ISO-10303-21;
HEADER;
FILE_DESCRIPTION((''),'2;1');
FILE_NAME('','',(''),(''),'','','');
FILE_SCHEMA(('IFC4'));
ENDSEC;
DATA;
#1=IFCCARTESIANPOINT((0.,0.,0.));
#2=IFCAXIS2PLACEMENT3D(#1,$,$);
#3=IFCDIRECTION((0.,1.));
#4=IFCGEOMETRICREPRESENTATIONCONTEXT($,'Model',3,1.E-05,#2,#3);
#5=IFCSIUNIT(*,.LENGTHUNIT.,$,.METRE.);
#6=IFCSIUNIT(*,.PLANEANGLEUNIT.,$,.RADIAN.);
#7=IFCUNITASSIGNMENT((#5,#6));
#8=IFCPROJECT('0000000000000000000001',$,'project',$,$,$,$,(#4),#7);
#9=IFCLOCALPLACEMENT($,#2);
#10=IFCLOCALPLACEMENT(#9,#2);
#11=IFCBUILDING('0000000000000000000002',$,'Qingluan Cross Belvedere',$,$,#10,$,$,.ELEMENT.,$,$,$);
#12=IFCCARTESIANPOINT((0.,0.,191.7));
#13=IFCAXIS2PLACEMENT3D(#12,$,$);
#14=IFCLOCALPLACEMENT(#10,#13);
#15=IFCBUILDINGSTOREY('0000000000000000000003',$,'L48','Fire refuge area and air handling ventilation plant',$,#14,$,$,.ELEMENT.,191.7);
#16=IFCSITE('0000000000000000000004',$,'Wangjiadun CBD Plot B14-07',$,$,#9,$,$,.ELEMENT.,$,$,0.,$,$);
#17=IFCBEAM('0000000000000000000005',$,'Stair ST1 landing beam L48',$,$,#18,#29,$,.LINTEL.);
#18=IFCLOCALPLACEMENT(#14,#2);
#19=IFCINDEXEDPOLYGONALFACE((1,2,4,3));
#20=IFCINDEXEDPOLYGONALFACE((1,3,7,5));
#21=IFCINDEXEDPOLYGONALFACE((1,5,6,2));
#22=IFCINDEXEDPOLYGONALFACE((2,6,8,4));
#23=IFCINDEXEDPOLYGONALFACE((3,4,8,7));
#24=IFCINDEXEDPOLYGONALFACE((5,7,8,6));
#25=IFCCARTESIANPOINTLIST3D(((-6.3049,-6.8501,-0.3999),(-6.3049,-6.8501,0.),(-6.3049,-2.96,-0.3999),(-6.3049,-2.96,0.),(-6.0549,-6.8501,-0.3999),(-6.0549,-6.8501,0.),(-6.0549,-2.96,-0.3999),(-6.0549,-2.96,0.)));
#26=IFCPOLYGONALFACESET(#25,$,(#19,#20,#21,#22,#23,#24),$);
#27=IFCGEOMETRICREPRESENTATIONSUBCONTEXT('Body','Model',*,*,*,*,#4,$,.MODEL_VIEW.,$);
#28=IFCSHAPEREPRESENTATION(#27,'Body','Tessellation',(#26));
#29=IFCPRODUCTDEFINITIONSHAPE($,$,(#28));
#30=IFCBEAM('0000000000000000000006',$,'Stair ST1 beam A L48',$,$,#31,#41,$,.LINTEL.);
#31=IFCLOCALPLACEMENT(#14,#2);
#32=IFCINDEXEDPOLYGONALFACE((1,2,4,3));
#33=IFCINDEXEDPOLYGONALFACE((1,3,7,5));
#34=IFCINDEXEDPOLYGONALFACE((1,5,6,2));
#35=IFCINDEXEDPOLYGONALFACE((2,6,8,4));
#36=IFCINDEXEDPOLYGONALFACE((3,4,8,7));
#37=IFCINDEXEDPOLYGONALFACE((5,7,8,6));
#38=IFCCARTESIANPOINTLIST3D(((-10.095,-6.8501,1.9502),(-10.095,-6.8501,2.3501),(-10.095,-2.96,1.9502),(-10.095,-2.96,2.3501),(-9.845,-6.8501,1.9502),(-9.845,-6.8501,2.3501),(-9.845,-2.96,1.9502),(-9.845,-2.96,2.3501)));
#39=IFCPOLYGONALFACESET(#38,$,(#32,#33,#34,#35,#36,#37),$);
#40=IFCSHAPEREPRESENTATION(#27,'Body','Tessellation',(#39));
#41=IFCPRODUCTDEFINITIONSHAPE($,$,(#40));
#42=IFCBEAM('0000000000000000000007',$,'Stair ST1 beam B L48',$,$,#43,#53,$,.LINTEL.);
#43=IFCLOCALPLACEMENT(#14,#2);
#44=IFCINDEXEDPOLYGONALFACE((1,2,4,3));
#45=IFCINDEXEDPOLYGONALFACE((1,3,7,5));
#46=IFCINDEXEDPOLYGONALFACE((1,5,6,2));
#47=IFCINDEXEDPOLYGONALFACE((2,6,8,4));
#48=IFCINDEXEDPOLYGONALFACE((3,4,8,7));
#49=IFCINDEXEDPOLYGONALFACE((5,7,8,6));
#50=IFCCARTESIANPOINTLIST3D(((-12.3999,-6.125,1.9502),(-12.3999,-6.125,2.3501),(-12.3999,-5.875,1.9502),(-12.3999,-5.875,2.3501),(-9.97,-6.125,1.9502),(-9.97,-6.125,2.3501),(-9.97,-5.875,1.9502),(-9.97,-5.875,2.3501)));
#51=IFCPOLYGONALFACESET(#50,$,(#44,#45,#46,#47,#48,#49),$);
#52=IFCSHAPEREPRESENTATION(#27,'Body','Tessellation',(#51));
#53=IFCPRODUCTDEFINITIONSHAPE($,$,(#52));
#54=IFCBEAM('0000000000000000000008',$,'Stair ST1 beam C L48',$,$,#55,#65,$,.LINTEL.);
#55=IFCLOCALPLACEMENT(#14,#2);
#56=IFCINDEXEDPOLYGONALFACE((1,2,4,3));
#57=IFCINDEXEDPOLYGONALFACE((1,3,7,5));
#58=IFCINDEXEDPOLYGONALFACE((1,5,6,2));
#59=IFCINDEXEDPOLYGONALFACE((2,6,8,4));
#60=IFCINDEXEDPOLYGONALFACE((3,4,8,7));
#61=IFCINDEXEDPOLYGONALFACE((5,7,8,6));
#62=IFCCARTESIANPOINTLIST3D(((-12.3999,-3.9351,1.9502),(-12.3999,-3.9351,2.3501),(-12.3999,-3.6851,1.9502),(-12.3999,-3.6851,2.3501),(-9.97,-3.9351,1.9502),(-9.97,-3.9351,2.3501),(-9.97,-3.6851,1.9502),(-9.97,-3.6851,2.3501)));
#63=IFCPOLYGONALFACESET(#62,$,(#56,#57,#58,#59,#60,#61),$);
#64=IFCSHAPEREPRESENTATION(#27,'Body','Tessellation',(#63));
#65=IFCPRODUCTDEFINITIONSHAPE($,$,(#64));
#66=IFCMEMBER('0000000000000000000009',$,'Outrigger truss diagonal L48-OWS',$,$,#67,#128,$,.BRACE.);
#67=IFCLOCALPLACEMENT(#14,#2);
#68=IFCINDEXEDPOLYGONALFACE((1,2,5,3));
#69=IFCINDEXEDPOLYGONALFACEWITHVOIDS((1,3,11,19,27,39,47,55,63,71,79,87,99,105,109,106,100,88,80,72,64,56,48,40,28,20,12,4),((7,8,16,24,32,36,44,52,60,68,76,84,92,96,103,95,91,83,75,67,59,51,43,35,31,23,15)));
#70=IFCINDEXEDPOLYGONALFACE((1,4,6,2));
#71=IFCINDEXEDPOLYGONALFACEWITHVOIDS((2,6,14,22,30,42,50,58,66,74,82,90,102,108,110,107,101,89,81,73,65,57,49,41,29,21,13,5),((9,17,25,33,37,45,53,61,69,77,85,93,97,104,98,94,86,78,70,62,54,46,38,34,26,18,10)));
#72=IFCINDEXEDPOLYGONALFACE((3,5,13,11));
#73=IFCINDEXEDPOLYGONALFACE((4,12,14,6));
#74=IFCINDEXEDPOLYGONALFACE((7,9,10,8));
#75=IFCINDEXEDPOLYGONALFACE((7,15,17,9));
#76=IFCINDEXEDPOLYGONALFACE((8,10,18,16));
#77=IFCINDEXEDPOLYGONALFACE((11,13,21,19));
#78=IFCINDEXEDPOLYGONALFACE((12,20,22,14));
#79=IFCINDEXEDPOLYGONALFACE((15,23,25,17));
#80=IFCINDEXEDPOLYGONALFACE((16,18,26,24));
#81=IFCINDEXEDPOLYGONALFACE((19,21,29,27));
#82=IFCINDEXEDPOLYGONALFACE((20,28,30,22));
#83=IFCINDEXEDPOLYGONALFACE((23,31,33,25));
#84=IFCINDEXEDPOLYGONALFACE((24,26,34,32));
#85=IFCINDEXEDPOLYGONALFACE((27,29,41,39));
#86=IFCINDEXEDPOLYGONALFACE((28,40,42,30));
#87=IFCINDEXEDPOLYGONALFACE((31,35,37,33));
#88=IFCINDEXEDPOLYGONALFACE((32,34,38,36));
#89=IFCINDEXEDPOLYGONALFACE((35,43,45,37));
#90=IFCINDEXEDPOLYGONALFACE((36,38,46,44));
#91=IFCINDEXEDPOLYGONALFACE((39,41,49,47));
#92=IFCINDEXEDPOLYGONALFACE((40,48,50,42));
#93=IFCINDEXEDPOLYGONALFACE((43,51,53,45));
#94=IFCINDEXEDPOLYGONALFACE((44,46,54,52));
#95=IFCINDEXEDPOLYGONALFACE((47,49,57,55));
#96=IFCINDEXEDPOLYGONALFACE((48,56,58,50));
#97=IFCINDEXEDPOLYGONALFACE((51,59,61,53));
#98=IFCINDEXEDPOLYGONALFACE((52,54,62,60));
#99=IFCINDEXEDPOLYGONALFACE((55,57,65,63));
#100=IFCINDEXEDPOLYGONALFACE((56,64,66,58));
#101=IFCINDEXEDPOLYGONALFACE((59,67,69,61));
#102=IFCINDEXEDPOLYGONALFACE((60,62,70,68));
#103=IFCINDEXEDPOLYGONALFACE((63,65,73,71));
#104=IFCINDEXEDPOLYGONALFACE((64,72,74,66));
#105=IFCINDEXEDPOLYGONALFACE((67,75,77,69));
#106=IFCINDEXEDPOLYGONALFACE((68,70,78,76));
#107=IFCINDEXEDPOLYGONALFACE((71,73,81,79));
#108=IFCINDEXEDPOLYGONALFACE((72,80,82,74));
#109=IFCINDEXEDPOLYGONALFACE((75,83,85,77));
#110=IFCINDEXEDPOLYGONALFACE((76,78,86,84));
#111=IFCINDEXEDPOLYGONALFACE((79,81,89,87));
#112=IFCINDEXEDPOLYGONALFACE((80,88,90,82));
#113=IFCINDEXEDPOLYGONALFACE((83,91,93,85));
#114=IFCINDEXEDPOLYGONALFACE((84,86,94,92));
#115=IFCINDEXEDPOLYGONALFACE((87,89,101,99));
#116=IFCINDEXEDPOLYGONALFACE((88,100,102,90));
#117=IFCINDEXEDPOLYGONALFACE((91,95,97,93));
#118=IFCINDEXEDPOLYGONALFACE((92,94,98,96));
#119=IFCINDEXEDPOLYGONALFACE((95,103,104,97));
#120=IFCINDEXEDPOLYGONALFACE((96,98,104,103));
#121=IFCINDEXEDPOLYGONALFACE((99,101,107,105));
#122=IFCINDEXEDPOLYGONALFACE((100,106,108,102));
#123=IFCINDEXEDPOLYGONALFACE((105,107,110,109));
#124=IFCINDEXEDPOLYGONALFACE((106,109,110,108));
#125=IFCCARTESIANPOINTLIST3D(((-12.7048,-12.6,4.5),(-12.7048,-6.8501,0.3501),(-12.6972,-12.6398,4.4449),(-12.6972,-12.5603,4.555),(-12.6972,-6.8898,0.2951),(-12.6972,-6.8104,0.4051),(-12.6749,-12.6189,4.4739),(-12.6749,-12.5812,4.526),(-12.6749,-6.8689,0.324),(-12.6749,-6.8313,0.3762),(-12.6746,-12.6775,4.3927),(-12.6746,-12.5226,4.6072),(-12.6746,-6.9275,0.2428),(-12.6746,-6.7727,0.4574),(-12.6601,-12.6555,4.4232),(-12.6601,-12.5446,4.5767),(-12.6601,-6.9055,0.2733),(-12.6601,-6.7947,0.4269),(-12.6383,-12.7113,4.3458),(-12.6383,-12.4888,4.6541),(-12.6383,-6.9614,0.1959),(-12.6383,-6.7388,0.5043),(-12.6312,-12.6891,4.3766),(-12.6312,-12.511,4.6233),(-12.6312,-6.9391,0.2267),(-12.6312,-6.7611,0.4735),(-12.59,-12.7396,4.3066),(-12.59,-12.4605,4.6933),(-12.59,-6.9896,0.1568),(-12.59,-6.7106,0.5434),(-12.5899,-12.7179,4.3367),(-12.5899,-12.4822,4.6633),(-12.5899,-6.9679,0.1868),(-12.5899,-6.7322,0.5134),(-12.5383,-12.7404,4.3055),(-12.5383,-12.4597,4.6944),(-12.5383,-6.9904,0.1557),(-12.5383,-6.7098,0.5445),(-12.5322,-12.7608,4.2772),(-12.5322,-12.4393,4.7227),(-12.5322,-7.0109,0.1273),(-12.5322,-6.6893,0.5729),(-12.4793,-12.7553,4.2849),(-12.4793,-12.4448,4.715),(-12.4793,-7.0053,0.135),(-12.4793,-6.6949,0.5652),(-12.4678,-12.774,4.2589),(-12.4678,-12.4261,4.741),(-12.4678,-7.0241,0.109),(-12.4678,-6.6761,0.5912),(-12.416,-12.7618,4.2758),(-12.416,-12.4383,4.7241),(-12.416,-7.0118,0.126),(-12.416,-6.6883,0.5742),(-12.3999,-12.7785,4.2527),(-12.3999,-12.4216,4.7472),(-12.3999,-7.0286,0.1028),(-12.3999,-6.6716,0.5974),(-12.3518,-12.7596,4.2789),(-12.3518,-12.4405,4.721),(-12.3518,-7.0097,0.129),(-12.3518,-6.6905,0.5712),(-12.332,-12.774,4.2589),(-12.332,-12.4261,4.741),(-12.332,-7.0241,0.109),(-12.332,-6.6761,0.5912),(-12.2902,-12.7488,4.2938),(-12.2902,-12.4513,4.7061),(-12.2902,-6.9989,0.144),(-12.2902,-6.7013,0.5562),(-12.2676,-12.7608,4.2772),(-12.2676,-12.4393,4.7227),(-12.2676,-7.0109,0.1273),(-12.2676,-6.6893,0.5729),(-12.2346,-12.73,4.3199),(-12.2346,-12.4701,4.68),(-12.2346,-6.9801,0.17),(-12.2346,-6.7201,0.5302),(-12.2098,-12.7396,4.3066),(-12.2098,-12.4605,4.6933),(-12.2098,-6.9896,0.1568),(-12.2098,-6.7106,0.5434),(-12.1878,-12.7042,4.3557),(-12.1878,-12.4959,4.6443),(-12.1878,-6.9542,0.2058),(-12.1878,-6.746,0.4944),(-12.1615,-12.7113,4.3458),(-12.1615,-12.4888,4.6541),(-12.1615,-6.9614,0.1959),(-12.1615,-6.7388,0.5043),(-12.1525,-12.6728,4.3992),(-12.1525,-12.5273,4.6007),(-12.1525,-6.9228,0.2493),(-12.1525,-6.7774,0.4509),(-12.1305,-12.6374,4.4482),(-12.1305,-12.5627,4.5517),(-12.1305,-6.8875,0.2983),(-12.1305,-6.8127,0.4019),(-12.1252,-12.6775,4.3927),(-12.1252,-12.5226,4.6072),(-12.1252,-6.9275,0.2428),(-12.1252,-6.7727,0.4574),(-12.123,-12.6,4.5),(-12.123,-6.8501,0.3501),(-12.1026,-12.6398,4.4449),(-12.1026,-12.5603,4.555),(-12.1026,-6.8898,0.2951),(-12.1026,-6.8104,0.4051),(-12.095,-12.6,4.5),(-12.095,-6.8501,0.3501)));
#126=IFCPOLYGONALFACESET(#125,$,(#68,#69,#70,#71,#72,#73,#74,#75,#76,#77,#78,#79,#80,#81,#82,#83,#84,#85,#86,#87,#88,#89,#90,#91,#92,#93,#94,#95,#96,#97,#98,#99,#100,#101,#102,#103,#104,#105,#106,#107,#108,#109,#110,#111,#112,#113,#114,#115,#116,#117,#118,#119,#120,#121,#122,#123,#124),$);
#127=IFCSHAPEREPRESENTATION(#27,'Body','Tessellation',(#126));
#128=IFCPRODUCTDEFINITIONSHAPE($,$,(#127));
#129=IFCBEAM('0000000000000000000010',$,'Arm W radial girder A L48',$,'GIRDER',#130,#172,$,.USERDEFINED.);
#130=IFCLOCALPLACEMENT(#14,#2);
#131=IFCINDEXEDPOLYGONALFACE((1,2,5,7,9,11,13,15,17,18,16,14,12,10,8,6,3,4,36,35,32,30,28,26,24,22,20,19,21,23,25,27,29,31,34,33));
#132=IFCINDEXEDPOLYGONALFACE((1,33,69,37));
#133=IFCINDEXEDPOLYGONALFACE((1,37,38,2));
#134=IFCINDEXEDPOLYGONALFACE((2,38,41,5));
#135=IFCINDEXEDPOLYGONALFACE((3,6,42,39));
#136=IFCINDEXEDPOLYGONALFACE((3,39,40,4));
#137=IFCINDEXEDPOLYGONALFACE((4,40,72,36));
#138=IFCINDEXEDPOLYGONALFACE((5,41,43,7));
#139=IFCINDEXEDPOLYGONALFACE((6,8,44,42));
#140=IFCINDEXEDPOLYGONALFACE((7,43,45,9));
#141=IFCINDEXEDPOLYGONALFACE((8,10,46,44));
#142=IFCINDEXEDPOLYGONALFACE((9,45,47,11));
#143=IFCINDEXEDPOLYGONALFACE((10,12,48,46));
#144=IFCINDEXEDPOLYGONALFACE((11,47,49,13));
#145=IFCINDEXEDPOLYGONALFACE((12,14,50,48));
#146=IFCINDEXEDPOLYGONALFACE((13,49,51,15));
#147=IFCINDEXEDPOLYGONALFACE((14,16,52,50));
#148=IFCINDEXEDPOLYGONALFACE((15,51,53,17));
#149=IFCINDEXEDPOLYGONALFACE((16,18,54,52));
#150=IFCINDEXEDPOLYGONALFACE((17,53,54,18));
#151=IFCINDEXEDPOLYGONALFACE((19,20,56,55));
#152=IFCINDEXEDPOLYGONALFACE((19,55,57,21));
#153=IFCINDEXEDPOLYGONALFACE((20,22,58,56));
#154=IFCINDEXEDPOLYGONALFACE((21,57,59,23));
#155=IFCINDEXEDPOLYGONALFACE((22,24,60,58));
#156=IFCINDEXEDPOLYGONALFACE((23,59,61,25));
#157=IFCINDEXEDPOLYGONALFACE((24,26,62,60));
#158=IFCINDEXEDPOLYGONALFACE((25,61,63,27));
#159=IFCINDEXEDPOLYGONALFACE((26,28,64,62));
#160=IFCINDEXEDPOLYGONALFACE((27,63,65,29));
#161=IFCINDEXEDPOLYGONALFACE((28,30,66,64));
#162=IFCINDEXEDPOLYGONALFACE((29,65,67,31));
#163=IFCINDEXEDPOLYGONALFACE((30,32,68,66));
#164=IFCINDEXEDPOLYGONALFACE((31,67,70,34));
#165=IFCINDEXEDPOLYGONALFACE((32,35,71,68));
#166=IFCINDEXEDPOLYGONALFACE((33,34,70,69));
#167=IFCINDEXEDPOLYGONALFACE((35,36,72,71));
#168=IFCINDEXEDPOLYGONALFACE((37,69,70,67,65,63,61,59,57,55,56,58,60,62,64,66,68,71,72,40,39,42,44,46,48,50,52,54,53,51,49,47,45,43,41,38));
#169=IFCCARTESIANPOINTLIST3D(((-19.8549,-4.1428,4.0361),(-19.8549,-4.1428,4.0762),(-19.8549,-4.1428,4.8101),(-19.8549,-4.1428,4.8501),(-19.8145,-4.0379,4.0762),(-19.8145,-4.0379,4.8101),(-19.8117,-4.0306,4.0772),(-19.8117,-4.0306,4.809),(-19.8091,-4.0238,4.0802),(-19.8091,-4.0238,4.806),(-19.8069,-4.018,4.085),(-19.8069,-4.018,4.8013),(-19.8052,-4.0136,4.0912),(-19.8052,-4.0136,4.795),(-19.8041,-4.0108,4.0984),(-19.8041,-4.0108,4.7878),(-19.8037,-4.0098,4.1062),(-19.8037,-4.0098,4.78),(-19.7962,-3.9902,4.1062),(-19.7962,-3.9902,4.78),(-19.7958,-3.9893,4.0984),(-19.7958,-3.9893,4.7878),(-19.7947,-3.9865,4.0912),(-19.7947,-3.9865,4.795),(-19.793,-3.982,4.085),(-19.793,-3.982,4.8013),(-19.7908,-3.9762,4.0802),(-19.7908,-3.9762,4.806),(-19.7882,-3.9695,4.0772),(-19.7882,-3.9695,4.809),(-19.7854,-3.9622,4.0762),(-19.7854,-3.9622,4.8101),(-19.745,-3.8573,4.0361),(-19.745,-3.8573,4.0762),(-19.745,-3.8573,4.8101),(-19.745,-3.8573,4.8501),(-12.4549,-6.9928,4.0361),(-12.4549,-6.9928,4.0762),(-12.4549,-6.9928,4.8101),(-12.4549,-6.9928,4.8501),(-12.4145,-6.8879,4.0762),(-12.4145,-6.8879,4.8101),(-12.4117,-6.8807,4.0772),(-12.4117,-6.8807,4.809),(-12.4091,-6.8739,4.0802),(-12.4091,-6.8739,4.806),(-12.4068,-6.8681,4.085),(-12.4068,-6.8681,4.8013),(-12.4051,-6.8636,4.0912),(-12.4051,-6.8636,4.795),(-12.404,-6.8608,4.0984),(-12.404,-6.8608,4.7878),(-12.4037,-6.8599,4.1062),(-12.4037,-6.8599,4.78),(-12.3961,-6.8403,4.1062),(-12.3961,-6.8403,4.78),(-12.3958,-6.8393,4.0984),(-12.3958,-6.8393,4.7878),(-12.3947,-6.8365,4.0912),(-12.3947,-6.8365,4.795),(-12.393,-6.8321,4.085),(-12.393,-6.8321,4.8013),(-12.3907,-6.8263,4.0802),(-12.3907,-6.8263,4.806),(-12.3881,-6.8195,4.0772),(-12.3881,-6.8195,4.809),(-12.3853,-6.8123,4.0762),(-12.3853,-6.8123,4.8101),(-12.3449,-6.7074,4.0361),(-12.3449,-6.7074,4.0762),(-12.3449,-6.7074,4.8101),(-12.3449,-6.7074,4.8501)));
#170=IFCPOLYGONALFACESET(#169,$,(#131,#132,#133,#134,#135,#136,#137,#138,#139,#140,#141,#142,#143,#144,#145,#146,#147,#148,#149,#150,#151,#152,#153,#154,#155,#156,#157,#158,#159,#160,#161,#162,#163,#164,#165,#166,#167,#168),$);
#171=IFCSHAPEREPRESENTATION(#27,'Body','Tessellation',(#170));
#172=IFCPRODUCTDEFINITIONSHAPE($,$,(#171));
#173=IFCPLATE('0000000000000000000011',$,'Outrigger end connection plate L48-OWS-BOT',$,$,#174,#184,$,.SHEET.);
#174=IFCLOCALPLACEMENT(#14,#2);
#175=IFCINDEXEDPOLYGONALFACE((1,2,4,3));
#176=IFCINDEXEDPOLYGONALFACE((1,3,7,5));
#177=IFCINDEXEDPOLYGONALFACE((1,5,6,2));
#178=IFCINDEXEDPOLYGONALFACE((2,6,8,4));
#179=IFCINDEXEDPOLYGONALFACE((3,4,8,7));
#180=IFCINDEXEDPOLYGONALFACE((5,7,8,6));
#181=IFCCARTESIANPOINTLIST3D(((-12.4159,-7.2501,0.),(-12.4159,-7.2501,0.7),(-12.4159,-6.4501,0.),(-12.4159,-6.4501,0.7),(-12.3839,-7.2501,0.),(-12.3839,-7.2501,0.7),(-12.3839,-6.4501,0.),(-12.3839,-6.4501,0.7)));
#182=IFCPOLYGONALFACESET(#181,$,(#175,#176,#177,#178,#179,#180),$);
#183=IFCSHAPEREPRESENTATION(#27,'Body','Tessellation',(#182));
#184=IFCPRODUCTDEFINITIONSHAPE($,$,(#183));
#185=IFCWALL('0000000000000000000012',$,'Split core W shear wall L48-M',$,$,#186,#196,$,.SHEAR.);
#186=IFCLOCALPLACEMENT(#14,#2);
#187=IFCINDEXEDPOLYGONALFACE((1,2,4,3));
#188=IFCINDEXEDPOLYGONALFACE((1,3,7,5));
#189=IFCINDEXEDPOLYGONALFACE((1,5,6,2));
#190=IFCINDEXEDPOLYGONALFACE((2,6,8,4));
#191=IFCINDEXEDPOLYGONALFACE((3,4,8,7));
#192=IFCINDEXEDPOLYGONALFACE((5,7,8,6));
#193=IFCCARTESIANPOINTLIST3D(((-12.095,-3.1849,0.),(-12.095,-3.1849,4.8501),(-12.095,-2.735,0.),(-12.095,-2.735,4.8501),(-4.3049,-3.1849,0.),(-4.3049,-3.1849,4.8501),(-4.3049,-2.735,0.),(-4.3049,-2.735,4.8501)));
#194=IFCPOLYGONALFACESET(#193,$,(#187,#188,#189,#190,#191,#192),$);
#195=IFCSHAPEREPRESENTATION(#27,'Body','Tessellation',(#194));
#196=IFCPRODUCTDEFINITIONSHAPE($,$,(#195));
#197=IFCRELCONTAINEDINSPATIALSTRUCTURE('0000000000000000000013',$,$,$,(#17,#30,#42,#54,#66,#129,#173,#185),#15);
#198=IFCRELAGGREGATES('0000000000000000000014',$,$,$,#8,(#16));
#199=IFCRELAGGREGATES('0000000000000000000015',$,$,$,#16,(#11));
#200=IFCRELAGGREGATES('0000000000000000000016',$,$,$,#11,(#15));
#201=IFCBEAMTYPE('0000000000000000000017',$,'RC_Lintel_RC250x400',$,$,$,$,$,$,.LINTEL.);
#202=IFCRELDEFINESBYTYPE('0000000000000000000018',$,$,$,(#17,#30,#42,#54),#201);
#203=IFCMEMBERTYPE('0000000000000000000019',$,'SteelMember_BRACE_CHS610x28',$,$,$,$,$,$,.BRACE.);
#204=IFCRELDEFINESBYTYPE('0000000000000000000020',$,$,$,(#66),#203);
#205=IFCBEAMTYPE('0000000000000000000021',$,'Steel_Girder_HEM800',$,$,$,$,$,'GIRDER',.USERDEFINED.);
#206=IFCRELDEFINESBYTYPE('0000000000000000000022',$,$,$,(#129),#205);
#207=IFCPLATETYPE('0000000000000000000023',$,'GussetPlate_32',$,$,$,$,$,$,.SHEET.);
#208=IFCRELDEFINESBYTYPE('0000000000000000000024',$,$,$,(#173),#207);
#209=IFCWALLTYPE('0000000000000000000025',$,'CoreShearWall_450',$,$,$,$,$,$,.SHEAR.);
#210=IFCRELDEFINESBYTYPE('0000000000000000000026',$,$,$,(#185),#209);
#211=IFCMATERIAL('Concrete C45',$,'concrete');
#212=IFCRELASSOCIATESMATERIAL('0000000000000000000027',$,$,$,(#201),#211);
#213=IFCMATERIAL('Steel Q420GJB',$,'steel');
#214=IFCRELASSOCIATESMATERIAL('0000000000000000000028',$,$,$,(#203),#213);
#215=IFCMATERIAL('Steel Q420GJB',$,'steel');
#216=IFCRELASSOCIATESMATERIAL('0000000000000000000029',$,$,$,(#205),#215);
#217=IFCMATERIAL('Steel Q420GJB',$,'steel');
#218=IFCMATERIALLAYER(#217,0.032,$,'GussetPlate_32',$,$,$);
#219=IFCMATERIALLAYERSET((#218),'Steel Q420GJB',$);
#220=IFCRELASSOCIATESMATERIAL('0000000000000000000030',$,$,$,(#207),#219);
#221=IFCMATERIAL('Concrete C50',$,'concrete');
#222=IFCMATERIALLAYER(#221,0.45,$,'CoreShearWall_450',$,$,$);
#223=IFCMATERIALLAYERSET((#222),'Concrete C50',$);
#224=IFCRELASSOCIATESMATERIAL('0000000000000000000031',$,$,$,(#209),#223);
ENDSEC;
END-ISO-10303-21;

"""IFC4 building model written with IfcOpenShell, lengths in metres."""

from ifc_helpers import new_model, si_unit, direction, frame, frame_2d, origin, origin_2d, place, context, subcontext, project, spatial, rectangle, hollow_circle, i_section, extrude, material, layer, layer_set, material_profile, profile_set, type_object, element, save


model = new_model("IFC4")

# Units and contexts
model_context = context("Model", 3, precision=1e-05, world=origin(), true_north=direction((0.0, 1.0)))
body_context = subcontext(model_context, "Body", "Model", "MODEL_VIEW")
ifc_project = project(units=[si_unit("LENGTHUNIT", "METRE"), si_unit("PLANEANGLEUNIT", "RADIAN")], contexts=[model_context])

# Site, building, storey
site_placement = place(None, origin())
site = spatial("IfcSite", under=ifc_project, at=site_placement, Name="Wangjiadun CBD Plot B14-07", CompositionType="ELEMENT", RefElevation=0.0)
building_placement = place(site_placement, origin())
building = spatial("IfcBuilding", under=site, at=building_placement, Name="Qingluan Cross Belvedere", CompositionType="ELEMENT")
storey_placement = place(building_placement, frame((0.0, 0.0, 191.7)))
storey = spatial("IfcBuildingStorey", under=building, at=storey_placement, Name="L48", Description="Fire refuge area and air handling ventilation plant", CompositionType="ELEMENT", Elevation=191.7)

# Beams
ifc_material_1 = material(Name="Concrete C45", Category="concrete")
ifc_material_profile_1 = material_profile(ifc_material_1, rectangle(XDim=0.25, YDim=0.3999, at=origin_2d()), Name="RC250x400")
ifc_profile_set_1 = profile_set([ifc_material_profile_1], Name="Concrete C45")
beam_type_1 = type_object("IfcBeamType", Name="RC_Lintel_RC250x400", PredefinedType="LINTEL", material=ifc_profile_set_1)
for number, where, z_axis, x_axis, name in (
    (1, (-6.1799, -6.8501, -0.2), (0.0, 1.0, 0.0), (-1.0, 0.0, 0.0), "Stair ST1 landing beam L48"),
    (2, (-9.97, -6.8501, 2.1501), (0.0, 1.0, 0.0), (-1.0, 0.0, 0.0), "Stair ST1 beam A L48"),
):
    element("IfcBeam", number, at=place(storey_placement, frame(where, z_axis=z_axis, x_axis=x_axis)), inside=storey, type_object=beam_type_1, Name=name, PredefinedType="LINTEL", context=body_context, shape_type="SweptSolid", body=[
        extrude(rectangle(XDim=0.25, YDim=0.3999, at=origin_2d()), origin(), (0.0, 0.0, 1.0), 3.8901),
    ])
for number, where, z_axis, x_axis, name in (
    (3, (-12.3999, -6.0, 2.1501), (1.0, 0.0, 0.0), (0.0, 1.0, 0.0), "Stair ST1 beam B L48"),
    (4, (-12.3999, -3.8101, 2.1501), (1.0, 0.0, 0.0), (0.0, 1.0, 0.0), "Stair ST1 beam C L48"),
):
    element("IfcBeam", number, at=place(storey_placement, frame(where, z_axis=z_axis, x_axis=x_axis)), inside=storey, type_object=beam_type_1, Name=name, PredefinedType="LINTEL", context=body_context, shape_type="SweptSolid", body=[
        extrude(rectangle(XDim=0.25, YDim=0.3999, at=origin_2d()), origin(), (0.0, 0.0, 1.0), 2.4299),
    ])

# Member
ifc_material_2 = material(Name="Steel Q420GJB", Category="steel")
ifc_material_profile_2 = material_profile(ifc_material_2, hollow_circle(Radius=0.3049, WallThickness=0.0281, at=origin_2d()), Name="CHS610x28")
ifc_profile_set_2 = profile_set([ifc_material_profile_2], Name="Steel Q420GJB")
member_type = type_object("IfcMemberType", Name="SteelMember_BRACE_CHS610x28", PredefinedType="BRACE", material=ifc_profile_set_2)
member_placement = place(storey_placement, frame((-12.3999, -6.8501, 0.3501), z_axis=(0.0, -0.810872, 0.585224), x_axis=(1.0, 0.0, 0.0)))
element("IfcMember", 5, at=member_placement, inside=storey, type_object=member_type, Name="Outrigger truss diagonal L48-OWS", PredefinedType="BRACE", context=body_context, shape_type="SweptSolid", body=[
    extrude(hollow_circle(Radius=0.3049, WallThickness=0.0281, at=origin_2d()), origin(), (0.0, 0.0, 1.0), 7.0911),
])

# Beam
ifc_material_3 = material(Name="Steel Q420GJB", Category="steel")
ifc_material_profile_3 = material_profile(ifc_material_3, i_section(OverallWidth=0.3059, OverallDepth=0.814, WebThickness=0.021, FlangeThickness=0.04, FilletRadius=0.03, at=origin_2d()), Name="HEM800")
ifc_profile_set_3 = profile_set([ifc_material_profile_3], Name="Steel Q420GJB")
beam_type_2 = type_object("IfcBeamType", Name="Steel_Girder_HEM800", ElementType="GIRDER", PredefinedType="USERDEFINED", material=ifc_profile_set_3)
beam_placement = place(storey_placement, frame((-12.3999, -6.8501, 4.4431), z_axis=(-0.933181, 0.359406, 0.0), x_axis=(-0.359406, -0.933181, 0.0)))
element("IfcBeam", 6, at=beam_placement, inside=storey, type_object=beam_type_2, Name="Arm W radial girder A L48", ObjectType="GIRDER", PredefinedType="USERDEFINED", context=body_context, shape_type="SweptSolid", body=[
    extrude(i_section(OverallWidth=0.3059, OverallDepth=0.814, WebThickness=0.021, FlangeThickness=0.04, FilletRadius=0.03, at=origin_2d()), origin(), (0.0, 0.0, 1.0), 7.9299),
])

# Plate
ifc_material_4 = material(Name="Steel Q420GJB", Category="steel")
ifc_layer_1 = layer(ifc_material_4, 0.032, Name="GussetPlate_32")
ifc_layer_set_1 = layer_set([ifc_layer_1], Name="Steel Q420GJB")
plate_type = type_object("IfcPlateType", Name="GussetPlate_32", PredefinedType="SHEET", material=ifc_layer_set_1)
plate_placement = place(storey_placement, frame((-12.3999, -6.8501, 0.0), z_axis=(0.0, 0.0, 1.0), x_axis=(0.0, 1.0, 0.0)))
element("IfcPlate", 7, at=plate_placement, inside=storey, type_object=plate_type, Name="Outrigger end connection plate L48-OWS-BOT", PredefinedType="SHEET", context=body_context, shape_type="SweptSolid", body=[
    extrude(rectangle(XDim=0.8, YDim=0.032, at=origin_2d()), origin(), (0.0, 0.0, 1.0), 0.7),
])

# Wall
ifc_material_5 = material(Name="Concrete C50", Category="concrete")
ifc_layer_2 = layer(ifc_material_5, 0.45, Name="CoreShearWall_450")
ifc_layer_set_2 = layer_set([ifc_layer_2], Name="Concrete C50")
wall_type_1 = type_object("IfcWallType", Name="CoreShearWall_450", PredefinedType="SHEAR", material=ifc_layer_set_2)
wall_1_placement = place(storey_placement, frame((-12.095, -2.96, 0.0), z_axis=(0.0, 0.0, 1.0), x_axis=(1.0, 0.0, 0.0)))
element("IfcWall", 8, at=wall_1_placement, inside=storey, type_object=wall_type_1, Name="Split core W shear wall L48-M", PredefinedType="SHEAR", context=body_context, shape_type="SweptSolid", body=[
    extrude(rectangle(XDim=7.79, YDim=0.45, at=frame_2d((3.895, 0.0))), origin(), (0.0, 0.0, 1.0), 4.8501),
])

save(model, "model.ifc")
